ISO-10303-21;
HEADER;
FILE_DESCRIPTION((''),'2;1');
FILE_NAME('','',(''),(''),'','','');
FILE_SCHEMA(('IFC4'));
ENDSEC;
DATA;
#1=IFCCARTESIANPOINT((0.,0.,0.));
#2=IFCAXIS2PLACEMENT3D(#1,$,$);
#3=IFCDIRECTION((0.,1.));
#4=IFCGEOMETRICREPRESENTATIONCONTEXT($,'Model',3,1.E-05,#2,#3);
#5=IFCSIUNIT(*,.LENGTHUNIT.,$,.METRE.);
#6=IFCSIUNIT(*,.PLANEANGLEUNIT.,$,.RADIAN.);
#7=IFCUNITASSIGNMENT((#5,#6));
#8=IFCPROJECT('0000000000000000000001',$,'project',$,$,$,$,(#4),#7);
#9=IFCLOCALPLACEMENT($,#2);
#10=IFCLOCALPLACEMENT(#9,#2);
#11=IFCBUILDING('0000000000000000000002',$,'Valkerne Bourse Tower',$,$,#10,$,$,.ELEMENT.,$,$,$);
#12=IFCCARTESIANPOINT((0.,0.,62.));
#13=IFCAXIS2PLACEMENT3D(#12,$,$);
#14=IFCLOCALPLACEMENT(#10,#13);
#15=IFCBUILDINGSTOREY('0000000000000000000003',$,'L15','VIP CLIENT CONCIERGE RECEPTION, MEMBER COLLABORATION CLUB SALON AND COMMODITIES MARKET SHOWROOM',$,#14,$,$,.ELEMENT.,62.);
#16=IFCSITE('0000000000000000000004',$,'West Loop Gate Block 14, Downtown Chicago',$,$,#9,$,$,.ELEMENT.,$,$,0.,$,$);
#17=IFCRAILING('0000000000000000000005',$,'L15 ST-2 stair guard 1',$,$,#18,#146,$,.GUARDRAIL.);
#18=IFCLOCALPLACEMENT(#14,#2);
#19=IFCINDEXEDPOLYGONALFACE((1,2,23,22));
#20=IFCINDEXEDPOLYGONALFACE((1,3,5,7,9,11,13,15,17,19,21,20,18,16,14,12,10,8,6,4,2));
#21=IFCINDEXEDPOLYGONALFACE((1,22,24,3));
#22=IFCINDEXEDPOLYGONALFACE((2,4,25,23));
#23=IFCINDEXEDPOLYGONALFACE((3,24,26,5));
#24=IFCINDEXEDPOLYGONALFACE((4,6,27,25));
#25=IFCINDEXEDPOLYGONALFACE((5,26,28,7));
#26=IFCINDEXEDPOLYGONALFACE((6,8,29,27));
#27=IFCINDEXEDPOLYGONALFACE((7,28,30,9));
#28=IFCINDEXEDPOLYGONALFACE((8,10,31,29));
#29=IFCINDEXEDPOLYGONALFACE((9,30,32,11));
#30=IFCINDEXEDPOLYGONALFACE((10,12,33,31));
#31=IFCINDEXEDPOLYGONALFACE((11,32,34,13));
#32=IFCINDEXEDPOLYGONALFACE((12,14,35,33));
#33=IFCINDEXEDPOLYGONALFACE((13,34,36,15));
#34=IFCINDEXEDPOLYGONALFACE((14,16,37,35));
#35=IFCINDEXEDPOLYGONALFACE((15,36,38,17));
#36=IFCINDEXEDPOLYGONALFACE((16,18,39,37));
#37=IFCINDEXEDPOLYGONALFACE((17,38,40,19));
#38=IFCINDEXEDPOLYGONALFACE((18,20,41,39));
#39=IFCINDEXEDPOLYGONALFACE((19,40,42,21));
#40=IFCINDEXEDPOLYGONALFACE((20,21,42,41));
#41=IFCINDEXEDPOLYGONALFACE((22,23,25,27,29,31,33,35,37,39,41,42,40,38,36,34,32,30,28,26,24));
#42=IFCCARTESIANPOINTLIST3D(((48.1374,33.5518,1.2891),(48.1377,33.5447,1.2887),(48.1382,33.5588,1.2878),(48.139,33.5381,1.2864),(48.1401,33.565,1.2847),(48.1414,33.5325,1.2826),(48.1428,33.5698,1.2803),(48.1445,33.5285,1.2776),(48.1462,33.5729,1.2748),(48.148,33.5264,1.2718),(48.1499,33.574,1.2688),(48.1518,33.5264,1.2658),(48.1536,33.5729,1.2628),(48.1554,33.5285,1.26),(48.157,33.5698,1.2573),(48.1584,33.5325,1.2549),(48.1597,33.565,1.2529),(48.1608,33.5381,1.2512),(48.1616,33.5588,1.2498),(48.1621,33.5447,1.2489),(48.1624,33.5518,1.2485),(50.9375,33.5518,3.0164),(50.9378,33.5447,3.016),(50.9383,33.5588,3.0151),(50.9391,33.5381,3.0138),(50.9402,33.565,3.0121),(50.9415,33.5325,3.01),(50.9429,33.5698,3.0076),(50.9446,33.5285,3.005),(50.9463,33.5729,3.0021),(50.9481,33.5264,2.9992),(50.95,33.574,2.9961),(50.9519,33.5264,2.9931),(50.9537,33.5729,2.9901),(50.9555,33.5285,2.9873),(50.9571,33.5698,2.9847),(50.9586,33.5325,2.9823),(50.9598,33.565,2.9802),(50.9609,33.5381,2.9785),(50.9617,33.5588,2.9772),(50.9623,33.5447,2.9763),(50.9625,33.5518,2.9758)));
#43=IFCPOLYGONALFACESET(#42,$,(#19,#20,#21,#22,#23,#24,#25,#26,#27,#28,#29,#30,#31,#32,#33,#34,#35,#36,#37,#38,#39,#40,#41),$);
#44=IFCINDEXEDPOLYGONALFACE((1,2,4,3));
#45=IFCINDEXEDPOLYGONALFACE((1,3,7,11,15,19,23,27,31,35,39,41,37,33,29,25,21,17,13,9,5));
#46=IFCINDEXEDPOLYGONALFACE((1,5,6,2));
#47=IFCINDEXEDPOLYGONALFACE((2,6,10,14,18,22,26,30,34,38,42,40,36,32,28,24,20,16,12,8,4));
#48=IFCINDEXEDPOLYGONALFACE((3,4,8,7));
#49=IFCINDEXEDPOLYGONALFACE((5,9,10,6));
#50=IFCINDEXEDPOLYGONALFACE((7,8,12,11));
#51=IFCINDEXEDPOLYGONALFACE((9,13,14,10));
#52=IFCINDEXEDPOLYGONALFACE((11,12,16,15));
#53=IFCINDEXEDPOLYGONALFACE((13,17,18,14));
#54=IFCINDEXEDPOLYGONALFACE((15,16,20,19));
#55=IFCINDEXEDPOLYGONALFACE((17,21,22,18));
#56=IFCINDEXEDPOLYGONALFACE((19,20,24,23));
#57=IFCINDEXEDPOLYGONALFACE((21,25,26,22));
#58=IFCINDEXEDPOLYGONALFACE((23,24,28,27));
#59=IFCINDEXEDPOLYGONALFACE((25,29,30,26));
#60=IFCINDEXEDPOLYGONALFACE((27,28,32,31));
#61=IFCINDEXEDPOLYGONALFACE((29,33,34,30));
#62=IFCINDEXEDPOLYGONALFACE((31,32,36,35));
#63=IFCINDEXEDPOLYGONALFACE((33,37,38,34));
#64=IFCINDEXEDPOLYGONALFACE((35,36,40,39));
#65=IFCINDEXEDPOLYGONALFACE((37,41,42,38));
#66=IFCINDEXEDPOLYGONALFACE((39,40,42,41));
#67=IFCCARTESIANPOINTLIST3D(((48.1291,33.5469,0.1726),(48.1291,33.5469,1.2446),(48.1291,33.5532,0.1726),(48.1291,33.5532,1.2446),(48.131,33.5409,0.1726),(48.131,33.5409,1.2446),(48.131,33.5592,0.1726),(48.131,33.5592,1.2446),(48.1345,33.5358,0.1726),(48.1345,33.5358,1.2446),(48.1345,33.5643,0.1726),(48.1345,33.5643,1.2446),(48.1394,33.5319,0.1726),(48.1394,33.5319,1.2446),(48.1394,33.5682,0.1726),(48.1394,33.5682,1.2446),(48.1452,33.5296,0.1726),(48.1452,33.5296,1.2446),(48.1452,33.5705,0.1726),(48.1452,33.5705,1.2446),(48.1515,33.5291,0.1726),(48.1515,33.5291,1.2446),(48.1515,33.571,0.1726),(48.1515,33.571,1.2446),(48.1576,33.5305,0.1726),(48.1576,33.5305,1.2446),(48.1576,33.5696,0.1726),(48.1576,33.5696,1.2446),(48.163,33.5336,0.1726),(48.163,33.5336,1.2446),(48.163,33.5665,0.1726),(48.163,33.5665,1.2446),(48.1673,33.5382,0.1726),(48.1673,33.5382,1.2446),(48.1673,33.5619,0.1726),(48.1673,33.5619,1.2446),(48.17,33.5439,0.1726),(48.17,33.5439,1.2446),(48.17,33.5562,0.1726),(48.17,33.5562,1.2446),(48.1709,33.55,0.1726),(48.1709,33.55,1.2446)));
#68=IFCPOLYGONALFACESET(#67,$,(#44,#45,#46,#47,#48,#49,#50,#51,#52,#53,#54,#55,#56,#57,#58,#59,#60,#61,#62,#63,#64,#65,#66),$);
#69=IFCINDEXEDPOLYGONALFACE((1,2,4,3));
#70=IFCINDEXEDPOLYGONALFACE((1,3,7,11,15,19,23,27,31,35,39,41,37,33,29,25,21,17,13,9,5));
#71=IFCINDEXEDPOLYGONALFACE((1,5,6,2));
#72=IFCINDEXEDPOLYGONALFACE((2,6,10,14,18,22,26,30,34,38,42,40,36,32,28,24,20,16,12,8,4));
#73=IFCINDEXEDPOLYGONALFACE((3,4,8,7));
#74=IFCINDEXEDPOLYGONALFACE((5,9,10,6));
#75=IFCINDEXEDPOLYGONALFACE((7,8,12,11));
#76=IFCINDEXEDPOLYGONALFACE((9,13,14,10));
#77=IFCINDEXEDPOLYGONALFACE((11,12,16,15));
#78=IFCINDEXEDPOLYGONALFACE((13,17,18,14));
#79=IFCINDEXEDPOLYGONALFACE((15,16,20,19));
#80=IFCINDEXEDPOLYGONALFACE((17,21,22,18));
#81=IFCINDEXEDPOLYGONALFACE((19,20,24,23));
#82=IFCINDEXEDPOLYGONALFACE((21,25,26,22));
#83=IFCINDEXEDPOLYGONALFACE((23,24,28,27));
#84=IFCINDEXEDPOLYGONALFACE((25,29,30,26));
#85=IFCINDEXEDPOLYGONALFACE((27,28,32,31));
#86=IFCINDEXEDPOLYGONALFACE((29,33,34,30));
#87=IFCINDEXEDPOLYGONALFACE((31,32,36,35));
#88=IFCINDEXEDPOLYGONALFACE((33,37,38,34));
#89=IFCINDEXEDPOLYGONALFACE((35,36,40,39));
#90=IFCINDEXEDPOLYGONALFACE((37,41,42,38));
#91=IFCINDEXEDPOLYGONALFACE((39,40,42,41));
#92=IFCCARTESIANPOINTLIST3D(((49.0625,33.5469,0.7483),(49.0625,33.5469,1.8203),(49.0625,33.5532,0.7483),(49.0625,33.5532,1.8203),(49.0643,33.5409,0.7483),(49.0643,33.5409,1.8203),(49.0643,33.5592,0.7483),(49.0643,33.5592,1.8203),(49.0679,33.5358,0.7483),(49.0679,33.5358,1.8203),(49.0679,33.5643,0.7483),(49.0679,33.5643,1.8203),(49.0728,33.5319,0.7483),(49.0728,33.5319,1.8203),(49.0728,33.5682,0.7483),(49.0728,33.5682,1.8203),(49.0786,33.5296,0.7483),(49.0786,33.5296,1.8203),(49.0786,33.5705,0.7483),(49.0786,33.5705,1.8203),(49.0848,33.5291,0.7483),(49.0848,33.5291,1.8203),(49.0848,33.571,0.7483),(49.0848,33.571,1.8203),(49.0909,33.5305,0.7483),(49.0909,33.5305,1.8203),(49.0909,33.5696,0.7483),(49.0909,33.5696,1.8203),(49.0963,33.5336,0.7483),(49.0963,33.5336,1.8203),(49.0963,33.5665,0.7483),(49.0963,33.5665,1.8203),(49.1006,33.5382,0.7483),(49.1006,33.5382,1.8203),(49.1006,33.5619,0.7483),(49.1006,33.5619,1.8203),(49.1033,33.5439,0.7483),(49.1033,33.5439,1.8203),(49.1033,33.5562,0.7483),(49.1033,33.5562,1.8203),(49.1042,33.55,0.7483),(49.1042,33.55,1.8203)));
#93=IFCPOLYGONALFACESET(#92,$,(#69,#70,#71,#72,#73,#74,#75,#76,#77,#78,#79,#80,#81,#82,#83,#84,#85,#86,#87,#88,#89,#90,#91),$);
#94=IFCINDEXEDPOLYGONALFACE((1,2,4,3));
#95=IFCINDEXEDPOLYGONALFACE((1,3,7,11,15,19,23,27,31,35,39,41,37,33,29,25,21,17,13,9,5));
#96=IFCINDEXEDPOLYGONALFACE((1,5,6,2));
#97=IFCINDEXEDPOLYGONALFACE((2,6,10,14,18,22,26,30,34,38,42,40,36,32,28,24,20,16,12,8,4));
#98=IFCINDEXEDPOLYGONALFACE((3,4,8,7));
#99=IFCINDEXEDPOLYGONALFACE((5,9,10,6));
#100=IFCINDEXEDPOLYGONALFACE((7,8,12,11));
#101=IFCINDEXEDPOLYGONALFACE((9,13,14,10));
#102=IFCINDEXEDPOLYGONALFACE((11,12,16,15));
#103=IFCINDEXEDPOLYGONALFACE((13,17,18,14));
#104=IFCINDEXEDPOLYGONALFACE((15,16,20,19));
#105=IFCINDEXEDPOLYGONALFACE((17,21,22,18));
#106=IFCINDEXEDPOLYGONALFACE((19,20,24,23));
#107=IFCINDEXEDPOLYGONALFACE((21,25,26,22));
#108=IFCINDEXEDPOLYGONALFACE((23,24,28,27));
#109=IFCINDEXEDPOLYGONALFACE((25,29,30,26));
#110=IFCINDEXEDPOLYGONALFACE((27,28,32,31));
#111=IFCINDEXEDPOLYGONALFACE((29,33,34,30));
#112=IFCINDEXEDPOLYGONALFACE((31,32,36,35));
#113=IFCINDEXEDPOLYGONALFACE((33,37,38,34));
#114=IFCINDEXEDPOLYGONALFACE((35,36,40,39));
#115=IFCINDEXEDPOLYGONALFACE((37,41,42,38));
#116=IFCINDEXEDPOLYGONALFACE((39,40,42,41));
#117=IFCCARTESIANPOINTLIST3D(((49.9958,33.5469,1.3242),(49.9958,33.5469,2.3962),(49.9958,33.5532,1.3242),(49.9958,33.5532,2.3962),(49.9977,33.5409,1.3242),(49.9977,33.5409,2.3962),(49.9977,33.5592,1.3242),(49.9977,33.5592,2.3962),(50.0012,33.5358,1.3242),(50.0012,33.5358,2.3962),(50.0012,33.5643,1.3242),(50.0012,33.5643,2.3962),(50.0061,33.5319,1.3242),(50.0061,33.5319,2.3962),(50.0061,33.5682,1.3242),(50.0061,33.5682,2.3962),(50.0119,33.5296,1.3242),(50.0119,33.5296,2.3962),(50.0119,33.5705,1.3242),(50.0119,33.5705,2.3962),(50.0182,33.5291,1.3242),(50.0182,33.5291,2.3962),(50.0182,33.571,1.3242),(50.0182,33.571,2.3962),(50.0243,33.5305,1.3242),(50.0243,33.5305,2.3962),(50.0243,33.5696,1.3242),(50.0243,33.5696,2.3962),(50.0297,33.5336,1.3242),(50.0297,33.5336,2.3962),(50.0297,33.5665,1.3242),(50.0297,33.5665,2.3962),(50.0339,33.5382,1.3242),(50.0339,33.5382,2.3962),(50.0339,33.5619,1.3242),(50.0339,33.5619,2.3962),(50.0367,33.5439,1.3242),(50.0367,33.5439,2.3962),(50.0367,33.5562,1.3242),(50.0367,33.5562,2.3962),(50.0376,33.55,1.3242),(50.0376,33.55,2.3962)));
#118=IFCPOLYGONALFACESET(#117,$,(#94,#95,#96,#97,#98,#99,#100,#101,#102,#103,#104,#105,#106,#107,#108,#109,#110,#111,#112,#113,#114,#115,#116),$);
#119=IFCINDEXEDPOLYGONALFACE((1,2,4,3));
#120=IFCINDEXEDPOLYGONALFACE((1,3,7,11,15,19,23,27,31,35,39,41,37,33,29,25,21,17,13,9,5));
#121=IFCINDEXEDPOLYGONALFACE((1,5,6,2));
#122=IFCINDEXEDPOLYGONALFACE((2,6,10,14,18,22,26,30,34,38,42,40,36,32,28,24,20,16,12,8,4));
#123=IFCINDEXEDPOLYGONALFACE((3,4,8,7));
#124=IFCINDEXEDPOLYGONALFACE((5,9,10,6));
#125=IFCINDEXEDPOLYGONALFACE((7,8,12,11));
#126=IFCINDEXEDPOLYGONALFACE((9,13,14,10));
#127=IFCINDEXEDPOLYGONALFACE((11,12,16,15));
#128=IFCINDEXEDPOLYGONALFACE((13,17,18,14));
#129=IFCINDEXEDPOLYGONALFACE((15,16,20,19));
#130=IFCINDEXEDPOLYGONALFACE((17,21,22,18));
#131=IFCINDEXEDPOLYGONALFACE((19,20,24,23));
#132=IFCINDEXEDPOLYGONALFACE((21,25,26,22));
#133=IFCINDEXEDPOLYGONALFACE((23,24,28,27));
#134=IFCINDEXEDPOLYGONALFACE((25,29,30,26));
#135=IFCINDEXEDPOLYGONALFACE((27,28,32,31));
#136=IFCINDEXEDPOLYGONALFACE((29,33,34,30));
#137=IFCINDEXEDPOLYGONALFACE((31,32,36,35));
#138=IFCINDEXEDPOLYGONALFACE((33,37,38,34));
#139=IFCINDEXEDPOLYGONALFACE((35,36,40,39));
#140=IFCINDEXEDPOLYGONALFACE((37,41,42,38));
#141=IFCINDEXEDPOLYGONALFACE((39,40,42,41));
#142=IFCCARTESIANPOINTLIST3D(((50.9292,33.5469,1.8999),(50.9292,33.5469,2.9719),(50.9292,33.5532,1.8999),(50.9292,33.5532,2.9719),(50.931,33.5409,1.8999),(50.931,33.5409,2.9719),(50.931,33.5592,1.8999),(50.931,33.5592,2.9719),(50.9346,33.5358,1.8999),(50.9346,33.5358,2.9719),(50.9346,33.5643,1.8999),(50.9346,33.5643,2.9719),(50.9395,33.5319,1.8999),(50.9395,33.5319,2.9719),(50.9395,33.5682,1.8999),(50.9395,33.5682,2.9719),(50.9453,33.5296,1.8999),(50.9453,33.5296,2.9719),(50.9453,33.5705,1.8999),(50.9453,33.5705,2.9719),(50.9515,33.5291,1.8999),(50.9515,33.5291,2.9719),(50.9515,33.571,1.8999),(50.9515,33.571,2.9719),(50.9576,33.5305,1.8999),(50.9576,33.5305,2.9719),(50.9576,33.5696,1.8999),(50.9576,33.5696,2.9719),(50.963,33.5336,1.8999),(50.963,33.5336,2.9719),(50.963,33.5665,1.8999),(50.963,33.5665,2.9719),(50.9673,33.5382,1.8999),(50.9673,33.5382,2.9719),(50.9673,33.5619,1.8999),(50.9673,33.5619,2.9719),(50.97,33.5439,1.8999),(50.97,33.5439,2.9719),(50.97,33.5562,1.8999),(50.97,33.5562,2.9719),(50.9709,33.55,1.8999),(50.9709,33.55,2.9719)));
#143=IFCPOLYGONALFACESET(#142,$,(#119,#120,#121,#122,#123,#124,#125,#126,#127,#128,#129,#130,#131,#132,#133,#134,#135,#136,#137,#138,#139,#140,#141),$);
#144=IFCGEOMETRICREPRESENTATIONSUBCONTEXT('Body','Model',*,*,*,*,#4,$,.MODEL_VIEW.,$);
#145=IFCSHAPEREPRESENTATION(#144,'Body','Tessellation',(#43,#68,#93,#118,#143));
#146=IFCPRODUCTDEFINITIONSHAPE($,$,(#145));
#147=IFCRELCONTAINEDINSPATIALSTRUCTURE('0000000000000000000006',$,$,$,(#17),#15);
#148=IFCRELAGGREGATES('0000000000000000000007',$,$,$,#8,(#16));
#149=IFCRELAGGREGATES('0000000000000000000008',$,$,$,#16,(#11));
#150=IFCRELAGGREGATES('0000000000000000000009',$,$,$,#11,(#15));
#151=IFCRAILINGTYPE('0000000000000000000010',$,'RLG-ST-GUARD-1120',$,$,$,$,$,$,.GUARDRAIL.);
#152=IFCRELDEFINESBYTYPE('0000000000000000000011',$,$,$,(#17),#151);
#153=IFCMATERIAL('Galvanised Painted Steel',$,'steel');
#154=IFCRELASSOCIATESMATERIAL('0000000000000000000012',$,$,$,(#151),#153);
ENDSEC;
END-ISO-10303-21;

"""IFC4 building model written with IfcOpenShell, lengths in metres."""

from ifc_helpers import new_model, si_unit, direction, frame, origin, origin_2d, place, context, subcontext, project, spatial, circle, extrude, material, type_object, element, save


model = new_model("IFC4")

# Units and contexts
model_context = context("Model", 3, precision=1e-05, world=origin(), true_north=direction((0.0, 1.0)))
body_context = subcontext(model_context, "Body", "Model", "MODEL_VIEW")
ifc_project = project(units=[si_unit("LENGTHUNIT", "METRE"), si_unit("PLANEANGLEUNIT", "RADIAN")], contexts=[model_context])

# Site, building, storey
site_placement = place(None, origin())
site = spatial("IfcSite", under=ifc_project, at=site_placement, Name="West Loop Gate Block 14, Downtown Chicago", CompositionType="ELEMENT", RefElevation=0.0)
building_placement = place(site_placement, origin())
building = spatial("IfcBuilding", under=site, at=building_placement, Name="Valkerne Bourse Tower", CompositionType="ELEMENT")
storey_placement = place(building_placement, frame((0.0, 0.0, 62.0)))
storey = spatial("IfcBuildingStorey", under=building, at=storey_placement, Name="L15", Description="VIP CLIENT CONCIERGE RECEPTION, MEMBER COLLABORATION CLUB SALON AND COMMODITIES MARKET SHOWROOM", CompositionType="ELEMENT", Elevation=62.0)

# Shared definitions
ifc_material_1 = material(Name="Galvanised Painted Steel", Category="steel")

# Railing
railing_type_1 = type_object("IfcRailingType", Name="RLG-ST-GUARD-1120", PredefinedType="GUARDRAIL", material=ifc_material_1)
railing_1_placement = place(storey_placement, frame((48.1499, 33.55, 0.1726)))
element("IfcRailing", 1, at=railing_1_placement, inside=storey, type_object=railing_type_1, Name="L15 ST-2 stair guard 1", PredefinedType="GUARDRAIL", context=body_context, shape_type="SweptSolid", body=[
    extrude(circle(Radius=0.0239, at=origin_2d()), frame((0.0, 0.0, 1.0962), z_axis=(0.85109, 0.0, 0.52502), x_axis=(0.0, 1.0, 0.0)), (0.0, 0.0, 1.0), 3.29),
    extrude(circle(Radius=0.021, at=origin_2d()), origin(), (0.0, 0.0, 1.0), 1.072),
    extrude(circle(Radius=0.021, at=origin_2d()), frame((0.9333, 0.0, 0.5757)), (0.0, 0.0, 1.0), 1.072),
    extrude(circle(Radius=0.021, at=origin_2d()), frame((1.8667, 0.0, 1.1516)), (0.0, 0.0, 1.0), 1.072),
    extrude(circle(Radius=0.021, at=origin_2d()), frame((2.8, 0.0, 1.7273)), (0.0, 0.0, 1.0), 1.072),
])

save(model, "model.ifc")
